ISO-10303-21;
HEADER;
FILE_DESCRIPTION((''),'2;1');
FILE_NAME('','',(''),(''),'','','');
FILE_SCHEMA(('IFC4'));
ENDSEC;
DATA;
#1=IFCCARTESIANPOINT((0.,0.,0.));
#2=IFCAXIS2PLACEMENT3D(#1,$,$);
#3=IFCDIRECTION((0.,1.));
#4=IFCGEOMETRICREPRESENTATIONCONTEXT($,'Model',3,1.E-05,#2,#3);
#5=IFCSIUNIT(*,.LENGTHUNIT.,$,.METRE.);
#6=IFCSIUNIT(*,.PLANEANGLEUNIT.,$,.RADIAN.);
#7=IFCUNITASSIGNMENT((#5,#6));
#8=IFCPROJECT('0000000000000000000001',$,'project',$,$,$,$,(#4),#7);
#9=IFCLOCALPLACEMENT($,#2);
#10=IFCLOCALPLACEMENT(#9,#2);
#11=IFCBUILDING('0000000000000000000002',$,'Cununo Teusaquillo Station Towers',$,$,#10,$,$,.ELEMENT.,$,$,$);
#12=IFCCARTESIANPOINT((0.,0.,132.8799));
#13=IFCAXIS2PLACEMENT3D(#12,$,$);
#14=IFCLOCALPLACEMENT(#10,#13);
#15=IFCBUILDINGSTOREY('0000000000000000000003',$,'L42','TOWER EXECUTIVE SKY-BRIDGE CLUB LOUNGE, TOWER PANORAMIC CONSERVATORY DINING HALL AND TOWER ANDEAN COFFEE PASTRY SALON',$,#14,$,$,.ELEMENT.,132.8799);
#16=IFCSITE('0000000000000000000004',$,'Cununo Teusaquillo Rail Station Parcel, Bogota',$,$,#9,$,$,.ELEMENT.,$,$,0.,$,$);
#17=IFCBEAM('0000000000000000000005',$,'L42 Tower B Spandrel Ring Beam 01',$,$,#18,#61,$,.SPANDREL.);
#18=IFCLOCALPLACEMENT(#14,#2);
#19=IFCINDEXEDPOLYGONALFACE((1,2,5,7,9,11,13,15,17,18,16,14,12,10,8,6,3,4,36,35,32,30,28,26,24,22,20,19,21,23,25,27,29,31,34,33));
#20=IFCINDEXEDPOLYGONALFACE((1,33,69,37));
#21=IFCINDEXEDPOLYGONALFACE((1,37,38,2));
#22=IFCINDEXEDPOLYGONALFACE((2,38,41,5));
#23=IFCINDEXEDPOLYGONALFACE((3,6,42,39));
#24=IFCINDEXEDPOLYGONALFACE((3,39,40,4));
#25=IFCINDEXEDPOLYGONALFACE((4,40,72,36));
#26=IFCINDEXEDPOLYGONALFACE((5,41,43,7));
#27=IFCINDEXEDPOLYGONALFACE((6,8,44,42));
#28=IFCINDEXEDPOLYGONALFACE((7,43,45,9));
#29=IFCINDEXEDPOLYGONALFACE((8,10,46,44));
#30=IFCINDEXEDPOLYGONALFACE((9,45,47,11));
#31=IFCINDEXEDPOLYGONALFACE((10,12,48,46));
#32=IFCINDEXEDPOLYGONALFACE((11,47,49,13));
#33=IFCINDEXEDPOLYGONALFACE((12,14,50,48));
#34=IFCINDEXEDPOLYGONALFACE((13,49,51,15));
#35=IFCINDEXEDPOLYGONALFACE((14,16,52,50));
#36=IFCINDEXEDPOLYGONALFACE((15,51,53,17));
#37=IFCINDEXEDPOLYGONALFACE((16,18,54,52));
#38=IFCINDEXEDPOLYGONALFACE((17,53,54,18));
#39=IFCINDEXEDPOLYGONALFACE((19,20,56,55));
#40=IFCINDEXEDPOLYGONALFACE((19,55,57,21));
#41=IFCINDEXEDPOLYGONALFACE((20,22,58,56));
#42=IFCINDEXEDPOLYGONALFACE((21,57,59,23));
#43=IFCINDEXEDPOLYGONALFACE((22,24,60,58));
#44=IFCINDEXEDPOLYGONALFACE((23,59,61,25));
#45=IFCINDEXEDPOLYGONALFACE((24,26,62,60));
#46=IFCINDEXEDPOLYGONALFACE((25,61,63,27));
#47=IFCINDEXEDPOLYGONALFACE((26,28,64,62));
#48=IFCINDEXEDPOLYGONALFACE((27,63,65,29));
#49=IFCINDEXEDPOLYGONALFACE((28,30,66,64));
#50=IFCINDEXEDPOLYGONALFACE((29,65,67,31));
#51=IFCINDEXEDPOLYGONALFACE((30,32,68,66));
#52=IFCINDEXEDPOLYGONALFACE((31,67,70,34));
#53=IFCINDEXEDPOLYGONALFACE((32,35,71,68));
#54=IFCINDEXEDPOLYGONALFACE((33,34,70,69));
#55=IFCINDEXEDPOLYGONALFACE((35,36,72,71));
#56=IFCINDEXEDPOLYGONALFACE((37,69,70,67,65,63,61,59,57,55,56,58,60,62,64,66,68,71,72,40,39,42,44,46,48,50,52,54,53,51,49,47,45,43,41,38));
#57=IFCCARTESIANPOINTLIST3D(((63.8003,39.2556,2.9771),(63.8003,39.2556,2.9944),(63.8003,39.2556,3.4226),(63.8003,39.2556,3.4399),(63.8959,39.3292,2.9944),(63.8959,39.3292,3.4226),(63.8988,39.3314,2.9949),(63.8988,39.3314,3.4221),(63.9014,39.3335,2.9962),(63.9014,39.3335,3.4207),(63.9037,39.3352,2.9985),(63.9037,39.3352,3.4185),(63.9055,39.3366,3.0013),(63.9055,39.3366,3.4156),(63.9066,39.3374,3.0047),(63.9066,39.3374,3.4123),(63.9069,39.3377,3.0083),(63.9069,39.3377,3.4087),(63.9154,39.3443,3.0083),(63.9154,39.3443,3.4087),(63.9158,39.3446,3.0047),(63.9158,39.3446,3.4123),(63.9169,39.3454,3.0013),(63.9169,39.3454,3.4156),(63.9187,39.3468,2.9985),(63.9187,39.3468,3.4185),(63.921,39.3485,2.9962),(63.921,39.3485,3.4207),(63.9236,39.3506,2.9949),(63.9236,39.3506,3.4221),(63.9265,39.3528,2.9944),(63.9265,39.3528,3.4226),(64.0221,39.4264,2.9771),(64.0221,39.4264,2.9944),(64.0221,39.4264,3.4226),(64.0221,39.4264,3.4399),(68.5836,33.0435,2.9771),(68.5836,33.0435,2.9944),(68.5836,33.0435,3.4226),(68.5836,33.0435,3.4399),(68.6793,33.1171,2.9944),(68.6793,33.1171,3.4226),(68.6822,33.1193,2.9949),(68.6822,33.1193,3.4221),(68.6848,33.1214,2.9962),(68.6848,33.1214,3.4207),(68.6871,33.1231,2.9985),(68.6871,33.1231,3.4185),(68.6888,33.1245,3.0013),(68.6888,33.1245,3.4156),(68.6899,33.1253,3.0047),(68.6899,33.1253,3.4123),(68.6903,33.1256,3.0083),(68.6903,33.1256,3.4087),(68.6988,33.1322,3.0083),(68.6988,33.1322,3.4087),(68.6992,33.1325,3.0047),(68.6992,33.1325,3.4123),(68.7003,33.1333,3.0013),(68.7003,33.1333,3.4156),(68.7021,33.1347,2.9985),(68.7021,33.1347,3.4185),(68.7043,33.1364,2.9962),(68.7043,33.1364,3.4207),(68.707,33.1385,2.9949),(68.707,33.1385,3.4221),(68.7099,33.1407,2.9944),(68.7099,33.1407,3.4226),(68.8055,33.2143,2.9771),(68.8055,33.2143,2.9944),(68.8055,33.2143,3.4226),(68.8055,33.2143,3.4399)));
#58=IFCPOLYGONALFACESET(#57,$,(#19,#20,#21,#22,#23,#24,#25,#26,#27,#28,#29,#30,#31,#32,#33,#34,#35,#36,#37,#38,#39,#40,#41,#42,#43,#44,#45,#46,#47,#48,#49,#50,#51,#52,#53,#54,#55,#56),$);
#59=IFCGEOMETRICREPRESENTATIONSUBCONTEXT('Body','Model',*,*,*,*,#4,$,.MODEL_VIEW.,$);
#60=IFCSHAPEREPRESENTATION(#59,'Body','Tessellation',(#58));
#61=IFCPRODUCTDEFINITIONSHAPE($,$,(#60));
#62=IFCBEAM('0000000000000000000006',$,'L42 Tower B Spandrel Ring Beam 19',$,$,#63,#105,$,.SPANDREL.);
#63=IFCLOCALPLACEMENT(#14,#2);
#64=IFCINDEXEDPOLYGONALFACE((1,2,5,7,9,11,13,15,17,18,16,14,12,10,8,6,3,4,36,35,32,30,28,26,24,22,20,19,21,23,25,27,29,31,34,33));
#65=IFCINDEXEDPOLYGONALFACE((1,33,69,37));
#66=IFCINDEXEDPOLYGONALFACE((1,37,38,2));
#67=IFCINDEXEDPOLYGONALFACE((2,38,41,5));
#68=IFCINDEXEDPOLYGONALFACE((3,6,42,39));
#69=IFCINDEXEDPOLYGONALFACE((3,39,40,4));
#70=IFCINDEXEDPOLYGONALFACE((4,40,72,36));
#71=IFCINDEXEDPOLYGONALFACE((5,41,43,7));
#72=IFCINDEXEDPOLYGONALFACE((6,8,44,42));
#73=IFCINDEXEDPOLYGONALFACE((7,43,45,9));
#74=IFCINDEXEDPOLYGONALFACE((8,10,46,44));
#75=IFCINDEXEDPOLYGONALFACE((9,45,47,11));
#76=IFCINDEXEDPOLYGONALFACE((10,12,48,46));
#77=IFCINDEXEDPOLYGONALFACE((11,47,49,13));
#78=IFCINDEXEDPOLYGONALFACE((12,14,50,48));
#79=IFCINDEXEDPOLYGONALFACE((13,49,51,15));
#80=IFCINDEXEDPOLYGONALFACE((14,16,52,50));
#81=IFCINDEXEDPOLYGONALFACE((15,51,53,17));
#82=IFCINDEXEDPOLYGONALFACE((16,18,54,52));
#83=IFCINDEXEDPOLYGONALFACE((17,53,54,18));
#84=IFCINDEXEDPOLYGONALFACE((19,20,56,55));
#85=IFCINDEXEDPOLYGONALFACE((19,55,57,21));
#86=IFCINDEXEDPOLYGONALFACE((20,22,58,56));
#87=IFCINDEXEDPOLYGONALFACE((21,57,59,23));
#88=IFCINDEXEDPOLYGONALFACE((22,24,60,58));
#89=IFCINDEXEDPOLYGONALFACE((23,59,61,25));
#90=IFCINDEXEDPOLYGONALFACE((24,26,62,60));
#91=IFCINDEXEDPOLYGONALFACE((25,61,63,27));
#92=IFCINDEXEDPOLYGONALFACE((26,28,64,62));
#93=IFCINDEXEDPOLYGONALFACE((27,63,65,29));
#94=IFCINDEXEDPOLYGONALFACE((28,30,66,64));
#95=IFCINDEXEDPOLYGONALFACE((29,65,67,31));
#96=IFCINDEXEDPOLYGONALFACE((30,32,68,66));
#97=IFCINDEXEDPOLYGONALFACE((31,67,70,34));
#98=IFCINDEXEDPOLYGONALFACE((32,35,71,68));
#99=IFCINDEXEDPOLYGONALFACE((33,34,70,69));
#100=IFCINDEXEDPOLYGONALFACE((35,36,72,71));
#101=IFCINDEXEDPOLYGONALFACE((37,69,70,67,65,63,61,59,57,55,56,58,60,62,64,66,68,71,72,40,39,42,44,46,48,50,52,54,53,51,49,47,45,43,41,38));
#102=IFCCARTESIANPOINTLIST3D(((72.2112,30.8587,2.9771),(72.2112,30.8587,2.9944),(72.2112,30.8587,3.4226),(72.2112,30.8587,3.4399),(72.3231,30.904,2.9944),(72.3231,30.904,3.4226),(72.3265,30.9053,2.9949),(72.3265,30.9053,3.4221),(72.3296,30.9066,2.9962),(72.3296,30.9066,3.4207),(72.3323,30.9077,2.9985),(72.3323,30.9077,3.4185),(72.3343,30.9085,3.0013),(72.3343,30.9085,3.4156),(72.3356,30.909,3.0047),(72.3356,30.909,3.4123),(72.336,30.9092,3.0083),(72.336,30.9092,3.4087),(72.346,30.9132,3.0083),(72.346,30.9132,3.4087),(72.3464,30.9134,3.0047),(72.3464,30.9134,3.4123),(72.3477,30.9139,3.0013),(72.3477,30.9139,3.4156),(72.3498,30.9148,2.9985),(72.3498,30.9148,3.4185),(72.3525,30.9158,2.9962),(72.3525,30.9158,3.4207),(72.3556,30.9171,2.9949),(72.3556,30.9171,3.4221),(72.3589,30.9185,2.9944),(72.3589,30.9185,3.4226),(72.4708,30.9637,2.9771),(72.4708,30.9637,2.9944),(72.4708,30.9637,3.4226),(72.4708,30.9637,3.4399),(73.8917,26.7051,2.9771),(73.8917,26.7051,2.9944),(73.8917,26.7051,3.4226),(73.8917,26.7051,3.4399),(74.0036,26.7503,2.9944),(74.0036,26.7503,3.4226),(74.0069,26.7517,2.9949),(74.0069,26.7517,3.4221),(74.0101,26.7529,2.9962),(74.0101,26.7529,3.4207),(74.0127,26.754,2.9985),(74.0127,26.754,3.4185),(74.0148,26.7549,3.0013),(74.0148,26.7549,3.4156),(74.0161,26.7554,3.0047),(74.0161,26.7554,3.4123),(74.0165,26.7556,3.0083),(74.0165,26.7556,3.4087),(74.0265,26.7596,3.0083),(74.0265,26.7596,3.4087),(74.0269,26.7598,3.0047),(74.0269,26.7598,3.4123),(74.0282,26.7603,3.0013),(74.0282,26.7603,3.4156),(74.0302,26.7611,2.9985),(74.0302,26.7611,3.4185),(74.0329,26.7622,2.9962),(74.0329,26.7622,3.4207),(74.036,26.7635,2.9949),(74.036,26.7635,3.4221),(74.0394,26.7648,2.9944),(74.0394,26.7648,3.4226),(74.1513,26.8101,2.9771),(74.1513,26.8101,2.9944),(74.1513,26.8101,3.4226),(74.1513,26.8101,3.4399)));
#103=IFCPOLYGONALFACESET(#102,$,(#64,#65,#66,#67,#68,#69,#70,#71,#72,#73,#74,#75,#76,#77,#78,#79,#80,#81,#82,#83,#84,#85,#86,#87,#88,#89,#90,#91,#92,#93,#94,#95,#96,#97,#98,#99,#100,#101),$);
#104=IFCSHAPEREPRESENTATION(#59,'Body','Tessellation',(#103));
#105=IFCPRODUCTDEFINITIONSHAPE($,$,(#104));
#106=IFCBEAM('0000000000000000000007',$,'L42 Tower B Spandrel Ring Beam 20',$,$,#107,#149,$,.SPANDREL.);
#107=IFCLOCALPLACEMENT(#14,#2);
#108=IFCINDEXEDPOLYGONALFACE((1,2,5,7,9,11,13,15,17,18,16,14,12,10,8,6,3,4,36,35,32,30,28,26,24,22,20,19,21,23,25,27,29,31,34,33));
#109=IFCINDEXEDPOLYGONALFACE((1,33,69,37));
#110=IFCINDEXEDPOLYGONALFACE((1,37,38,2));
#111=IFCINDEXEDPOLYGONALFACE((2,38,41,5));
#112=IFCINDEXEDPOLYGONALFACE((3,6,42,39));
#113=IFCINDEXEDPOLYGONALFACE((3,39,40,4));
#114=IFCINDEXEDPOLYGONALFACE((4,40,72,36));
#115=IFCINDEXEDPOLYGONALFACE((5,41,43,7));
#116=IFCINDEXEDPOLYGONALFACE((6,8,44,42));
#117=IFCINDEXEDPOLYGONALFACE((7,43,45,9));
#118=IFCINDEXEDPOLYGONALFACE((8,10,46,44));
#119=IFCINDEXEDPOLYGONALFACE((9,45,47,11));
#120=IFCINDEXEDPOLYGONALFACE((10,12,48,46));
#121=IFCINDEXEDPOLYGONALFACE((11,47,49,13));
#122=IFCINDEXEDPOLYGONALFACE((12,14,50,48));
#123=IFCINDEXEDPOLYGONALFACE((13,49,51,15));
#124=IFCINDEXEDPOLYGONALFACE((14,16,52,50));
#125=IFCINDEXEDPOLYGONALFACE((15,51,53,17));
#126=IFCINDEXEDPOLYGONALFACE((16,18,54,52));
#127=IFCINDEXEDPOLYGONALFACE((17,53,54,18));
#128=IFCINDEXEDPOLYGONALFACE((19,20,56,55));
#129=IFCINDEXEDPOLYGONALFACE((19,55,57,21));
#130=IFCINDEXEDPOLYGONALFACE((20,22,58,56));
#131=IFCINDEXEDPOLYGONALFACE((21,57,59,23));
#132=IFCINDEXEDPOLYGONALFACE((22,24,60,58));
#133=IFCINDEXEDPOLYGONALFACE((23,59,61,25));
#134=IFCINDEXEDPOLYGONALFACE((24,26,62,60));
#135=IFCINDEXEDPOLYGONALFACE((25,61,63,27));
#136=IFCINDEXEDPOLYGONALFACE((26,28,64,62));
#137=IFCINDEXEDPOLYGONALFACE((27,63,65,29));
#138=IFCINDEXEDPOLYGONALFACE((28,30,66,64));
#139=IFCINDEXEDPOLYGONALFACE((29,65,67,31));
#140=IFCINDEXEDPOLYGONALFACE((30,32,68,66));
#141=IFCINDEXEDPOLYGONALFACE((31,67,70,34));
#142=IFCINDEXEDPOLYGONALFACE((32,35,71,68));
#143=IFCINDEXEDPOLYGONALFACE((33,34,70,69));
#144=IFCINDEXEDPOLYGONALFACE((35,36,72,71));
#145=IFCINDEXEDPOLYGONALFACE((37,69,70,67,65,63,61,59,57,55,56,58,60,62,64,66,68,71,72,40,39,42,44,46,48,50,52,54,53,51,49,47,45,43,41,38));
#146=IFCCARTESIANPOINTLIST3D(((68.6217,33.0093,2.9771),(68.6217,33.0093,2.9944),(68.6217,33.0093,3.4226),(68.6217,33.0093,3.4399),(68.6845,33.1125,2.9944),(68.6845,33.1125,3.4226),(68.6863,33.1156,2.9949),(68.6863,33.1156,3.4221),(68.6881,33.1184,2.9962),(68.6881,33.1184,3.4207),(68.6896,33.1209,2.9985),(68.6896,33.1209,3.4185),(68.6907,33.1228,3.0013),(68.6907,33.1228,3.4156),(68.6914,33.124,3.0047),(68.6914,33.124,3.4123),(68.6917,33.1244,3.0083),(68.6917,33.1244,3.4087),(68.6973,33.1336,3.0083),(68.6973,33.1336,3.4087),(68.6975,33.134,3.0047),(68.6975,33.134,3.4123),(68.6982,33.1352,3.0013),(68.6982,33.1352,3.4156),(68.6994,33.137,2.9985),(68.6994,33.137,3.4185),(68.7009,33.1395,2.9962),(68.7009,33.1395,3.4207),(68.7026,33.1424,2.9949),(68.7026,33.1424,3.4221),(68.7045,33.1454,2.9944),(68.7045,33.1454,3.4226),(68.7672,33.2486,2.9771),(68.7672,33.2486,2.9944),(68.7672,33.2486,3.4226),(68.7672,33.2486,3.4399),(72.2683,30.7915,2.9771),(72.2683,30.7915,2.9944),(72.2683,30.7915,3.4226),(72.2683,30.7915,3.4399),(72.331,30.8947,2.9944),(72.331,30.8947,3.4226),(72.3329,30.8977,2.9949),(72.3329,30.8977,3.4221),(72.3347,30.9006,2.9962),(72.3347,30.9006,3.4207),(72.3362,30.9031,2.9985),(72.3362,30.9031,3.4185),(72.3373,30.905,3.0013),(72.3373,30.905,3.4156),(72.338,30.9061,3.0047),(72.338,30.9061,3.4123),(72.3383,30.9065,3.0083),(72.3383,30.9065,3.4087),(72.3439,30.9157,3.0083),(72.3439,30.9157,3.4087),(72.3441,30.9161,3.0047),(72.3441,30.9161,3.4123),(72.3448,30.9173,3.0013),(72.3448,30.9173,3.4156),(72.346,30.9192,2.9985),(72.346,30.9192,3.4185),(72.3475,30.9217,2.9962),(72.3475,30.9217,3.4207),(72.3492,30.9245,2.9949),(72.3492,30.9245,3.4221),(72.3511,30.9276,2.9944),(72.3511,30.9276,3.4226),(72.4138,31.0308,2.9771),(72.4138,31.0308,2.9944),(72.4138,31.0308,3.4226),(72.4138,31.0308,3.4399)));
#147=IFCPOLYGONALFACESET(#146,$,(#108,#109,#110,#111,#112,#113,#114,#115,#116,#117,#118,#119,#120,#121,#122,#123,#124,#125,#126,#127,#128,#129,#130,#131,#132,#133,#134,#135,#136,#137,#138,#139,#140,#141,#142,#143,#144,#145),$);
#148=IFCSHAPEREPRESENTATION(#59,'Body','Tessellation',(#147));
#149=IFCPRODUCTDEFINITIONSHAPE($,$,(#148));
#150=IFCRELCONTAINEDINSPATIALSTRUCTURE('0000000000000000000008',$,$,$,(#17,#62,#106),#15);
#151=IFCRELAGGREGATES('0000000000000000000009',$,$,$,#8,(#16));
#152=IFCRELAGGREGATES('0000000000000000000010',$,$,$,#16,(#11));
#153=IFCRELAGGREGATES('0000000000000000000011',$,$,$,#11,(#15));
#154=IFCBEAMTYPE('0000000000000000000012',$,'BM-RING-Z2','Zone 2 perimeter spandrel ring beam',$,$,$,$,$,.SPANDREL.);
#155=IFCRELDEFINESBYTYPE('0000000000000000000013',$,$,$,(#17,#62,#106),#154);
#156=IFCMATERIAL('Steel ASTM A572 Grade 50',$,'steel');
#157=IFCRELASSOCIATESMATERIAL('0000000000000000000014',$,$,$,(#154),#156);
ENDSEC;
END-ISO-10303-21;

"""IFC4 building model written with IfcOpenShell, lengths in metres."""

from ifc_helpers import new_model, si_unit, direction, frame, origin, origin_2d, place, context, subcontext, project, spatial, i_section, extrude, material, material_profile, profile_set, type_object, element, save


model = new_model("IFC4")

# Units and contexts
model_context = context("Model", 3, precision=1e-05, world=origin(), true_north=direction((0.0, 1.0)))
body_context = subcontext(model_context, "Body", "Model", "MODEL_VIEW")
ifc_project = project(units=[si_unit("LENGTHUNIT", "METRE"), si_unit("PLANEANGLEUNIT", "RADIAN")], contexts=[model_context])

# Site, building, storey
site_placement = place(None, origin())
site = spatial("IfcSite", under=ifc_project, at=site_placement, Name="Cununo Teusaquillo Rail Station Parcel, Bogota", CompositionType="ELEMENT", RefElevation=0.0)
building_placement = place(site_placement, origin())
building = spatial("IfcBuilding", under=site, at=building_placement, Name="Cununo Teusaquillo Station Towers", CompositionType="ELEMENT")
storey_placement = place(building_placement, frame((0.0, 0.0, 132.8799)))
storey = spatial("IfcBuildingStorey", under=building, at=storey_placement, Name="L42", Description="TOWER EXECUTIVE SKY-BRIDGE CLUB LOUNGE, TOWER PANORAMIC CONSERVATORY DINING HALL AND TOWER ANDEAN COFFEE PASTRY SALON", CompositionType="ELEMENT", Elevation=132.8799)

# Beams
ifc_material_1 = material(Name="Steel ASTM A572 Grade 50", Category="steel")
ifc_material_profile_1 = material_profile(ifc_material_1, i_section(OverallWidth=0.28, OverallDepth=0.4629, WebThickness=0.0107, FlangeThickness=0.0173, FilletRadius=0.0139, at=origin_2d()), Name="W18X76")
ifc_profile_set_1 = profile_set([ifc_material_profile_1], Name="Steel ASTM A572 Grade 50")
beam_type = type_object("IfcBeamType", Name="BM-RING-Z2", Description="Zone 2 perimeter spandrel ring beam", PredefinedType="SPANDREL", material=ifc_profile_set_1)
beam_1_placement = place(storey_placement, frame((68.6946, 33.1289, 3.2085), z_axis=(-0.6101, 0.792324, 0.0), x_axis=(-0.792324, -0.6101, 0.0)))
element("IfcBeam", 1, at=beam_1_placement, inside=storey, type_object=beam_type, Name="L42 Tower B Spandrel Ring Beam 01", PredefinedType="SPANDREL", context=body_context, shape_type="SweptSolid", body=[
    extrude(i_section(OverallWidth=0.28, OverallDepth=0.4629, WebThickness=0.0107, FlangeThickness=0.0173, FilletRadius=0.0139, at=origin_2d()), origin(), (0.0, 0.0, 1.0), 7.8403),
])
beam_2_placement = place(storey_placement, frame((74.0215, 26.7576, 3.2085), z_axis=(-0.375042, 0.927008, 0.0), x_axis=(-0.927008, -0.375042, 0.0)))
element("IfcBeam", 2, at=beam_2_placement, inside=storey, type_object=beam_type, Name="L42 Tower B Spandrel Ring Beam 19", PredefinedType="SPANDREL", context=body_context, shape_type="SweptSolid", body=[
    extrude(i_section(OverallWidth=0.28, OverallDepth=0.4629, WebThickness=0.0107, FlangeThickness=0.0173, FilletRadius=0.0139, at=origin_2d()), origin(), (0.0, 0.0, 1.0), 4.4807),
])
beam_3_placement = place(storey_placement, frame((72.3411, 30.9111, 3.2085), z_axis=(-0.854388, 0.519635, 0.0), x_axis=(-0.519635, -0.854388, 0.0)))
element("IfcBeam", 3, at=beam_3_placement, inside=storey, type_object=beam_type, Name="L42 Tower B Spandrel Ring Beam 20", PredefinedType="SPANDREL", context=body_context, shape_type="SweptSolid", body=[
    extrude(i_section(OverallWidth=0.28, OverallDepth=0.4629, WebThickness=0.0107, FlangeThickness=0.0173, FilletRadius=0.0139, at=origin_2d()), origin(), (0.0, 0.0, 1.0), 4.2681),
])

save(model, "model.ifc")
